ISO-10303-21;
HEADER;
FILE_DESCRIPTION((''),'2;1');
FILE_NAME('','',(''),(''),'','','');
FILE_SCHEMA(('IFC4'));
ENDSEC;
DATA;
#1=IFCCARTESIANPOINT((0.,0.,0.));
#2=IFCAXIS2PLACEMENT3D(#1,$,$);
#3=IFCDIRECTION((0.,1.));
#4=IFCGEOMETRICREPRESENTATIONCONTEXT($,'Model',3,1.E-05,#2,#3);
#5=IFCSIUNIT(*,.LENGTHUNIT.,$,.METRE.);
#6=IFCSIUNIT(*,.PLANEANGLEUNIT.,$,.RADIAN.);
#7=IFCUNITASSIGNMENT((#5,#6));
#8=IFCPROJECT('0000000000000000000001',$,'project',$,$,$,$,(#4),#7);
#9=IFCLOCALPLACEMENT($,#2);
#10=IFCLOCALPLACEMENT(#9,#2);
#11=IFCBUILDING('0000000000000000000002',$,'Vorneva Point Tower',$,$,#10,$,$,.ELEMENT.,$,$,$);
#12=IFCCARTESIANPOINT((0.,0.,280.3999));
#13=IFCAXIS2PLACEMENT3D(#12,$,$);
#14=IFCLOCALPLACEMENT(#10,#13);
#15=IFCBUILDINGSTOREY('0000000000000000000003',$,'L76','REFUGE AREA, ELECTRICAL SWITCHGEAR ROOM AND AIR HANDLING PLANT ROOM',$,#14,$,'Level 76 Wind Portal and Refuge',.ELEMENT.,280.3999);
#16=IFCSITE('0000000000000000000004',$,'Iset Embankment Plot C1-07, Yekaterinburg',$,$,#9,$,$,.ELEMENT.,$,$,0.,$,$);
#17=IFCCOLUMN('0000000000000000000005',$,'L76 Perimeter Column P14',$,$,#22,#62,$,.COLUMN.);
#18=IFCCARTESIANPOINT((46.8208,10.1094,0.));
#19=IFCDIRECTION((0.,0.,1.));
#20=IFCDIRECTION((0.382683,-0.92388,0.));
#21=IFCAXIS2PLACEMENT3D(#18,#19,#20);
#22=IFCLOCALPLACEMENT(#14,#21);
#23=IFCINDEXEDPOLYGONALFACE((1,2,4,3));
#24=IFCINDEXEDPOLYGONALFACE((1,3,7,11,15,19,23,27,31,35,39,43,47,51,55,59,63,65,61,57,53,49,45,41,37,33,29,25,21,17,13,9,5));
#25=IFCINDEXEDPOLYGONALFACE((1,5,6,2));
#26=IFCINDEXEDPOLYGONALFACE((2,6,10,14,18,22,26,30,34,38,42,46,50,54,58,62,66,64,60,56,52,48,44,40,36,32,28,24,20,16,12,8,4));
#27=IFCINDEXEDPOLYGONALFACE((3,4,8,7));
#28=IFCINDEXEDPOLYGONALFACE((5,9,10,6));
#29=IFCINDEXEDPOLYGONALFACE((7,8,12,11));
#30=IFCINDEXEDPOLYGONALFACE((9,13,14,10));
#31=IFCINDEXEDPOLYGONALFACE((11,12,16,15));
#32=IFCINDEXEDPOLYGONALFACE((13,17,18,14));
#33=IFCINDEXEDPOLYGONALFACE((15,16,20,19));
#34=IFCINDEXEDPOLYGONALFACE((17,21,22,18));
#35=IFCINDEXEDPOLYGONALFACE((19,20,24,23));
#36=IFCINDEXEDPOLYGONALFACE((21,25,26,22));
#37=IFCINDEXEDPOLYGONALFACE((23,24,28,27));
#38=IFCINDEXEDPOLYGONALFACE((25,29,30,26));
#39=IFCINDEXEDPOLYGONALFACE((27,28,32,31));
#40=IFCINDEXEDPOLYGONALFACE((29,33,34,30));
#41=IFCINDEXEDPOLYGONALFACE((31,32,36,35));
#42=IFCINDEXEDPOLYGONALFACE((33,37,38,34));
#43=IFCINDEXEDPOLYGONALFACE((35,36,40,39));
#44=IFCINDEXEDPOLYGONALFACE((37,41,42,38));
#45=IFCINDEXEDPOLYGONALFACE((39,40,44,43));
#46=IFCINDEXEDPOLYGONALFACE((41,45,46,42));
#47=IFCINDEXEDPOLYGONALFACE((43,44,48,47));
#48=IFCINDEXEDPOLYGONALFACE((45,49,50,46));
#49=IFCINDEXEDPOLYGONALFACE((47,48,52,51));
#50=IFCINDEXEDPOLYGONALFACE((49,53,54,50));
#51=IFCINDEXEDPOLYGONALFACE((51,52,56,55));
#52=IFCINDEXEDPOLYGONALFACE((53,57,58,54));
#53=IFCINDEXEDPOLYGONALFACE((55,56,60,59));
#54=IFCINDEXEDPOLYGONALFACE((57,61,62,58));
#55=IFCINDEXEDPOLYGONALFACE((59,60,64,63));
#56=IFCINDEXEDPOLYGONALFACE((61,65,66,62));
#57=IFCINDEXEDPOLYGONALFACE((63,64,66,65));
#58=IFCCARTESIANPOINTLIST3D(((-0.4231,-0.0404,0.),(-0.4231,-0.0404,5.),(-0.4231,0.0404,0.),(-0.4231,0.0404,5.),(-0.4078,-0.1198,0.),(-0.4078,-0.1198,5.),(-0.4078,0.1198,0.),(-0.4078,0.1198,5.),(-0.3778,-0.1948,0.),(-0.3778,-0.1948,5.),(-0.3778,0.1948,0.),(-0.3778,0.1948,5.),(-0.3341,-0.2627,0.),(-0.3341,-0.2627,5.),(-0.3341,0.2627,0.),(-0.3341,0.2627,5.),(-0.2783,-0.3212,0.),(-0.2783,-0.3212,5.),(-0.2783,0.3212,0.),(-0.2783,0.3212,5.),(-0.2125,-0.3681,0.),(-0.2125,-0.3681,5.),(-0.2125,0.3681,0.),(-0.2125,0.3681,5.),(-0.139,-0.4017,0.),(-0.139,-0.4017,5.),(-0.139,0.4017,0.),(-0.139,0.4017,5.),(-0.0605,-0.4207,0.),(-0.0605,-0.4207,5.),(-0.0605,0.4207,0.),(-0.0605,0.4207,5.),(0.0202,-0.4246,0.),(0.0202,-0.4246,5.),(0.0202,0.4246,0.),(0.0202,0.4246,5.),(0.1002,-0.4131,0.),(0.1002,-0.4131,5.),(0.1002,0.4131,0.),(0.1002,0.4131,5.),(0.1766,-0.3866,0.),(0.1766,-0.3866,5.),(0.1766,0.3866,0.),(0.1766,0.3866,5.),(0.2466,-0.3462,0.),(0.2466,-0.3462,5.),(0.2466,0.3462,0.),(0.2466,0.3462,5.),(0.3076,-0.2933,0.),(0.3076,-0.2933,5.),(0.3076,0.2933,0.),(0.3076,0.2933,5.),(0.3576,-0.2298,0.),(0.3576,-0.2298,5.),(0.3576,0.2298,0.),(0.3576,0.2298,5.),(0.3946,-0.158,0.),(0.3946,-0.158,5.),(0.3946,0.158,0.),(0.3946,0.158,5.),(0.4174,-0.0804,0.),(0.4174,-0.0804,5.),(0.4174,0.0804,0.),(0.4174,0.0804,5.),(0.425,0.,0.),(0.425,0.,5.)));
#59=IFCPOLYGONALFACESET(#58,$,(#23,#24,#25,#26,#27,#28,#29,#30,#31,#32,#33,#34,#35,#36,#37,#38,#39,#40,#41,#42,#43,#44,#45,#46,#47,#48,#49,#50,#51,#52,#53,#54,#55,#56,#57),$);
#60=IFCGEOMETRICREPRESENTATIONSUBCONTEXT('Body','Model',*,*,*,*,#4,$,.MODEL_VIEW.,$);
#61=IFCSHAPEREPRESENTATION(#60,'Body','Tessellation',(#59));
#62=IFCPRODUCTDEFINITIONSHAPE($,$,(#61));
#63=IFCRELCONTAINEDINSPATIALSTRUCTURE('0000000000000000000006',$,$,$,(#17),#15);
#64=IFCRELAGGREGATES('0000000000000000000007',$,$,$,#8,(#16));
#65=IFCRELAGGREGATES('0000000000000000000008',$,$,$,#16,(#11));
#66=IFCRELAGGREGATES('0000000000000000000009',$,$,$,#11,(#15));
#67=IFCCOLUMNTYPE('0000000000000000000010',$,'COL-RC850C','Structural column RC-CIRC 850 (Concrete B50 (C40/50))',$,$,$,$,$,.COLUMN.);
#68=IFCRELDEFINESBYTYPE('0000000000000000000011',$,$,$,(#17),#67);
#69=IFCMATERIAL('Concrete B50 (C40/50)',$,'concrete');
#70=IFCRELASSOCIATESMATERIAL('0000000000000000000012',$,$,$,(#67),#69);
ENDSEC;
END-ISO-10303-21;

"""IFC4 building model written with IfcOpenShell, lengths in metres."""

from ifc_helpers import new_model, si_unit, direction, frame, origin, origin_2d, place, context, subcontext, project, spatial, circle, extrude, material, material_profile, profile_set, type_object, element, save


model = new_model("IFC4")

# Units and contexts
model_context = context("Model", 3, precision=1e-05, world=origin(), true_north=direction((0.0, 1.0)))
body_context = subcontext(model_context, "Body", "Model", "MODEL_VIEW")
ifc_project = project(units=[si_unit("LENGTHUNIT", "METRE"), si_unit("PLANEANGLEUNIT", "RADIAN")], contexts=[model_context])

# Site, building, storey
site_placement = place(None, origin())
site = spatial("IfcSite", under=ifc_project, at=site_placement, Name="Iset Embankment Plot C1-07, Yekaterinburg", CompositionType="ELEMENT", RefElevation=0.0)
building_placement = place(site_placement, origin())
building = spatial("IfcBuilding", under=site, at=building_placement, Name="Vorneva Point Tower", CompositionType="ELEMENT")
storey_placement = place(building_placement, frame((0.0, 0.0, 280.3999)))
storey = spatial("IfcBuildingStorey", under=building, at=storey_placement, Name="L76", Description="REFUGE AREA, ELECTRICAL SWITCHGEAR ROOM AND AIR HANDLING PLANT ROOM", LongName="Level 76 Wind Portal and Refuge", CompositionType="ELEMENT", Elevation=280.3999)

# Column
ifc_material_1 = material(Name="Concrete B50 (C40/50)", Category="concrete")
ifc_material_profile_1 = material_profile(ifc_material_1, circle(Radius=0.425, at=origin_2d()), Name="RC-CIRC 850")
ifc_profile_set_1 = profile_set([ifc_material_profile_1], Name="Concrete B50 (C40/50)")
column_type_1 = type_object("IfcColumnType", Name="COL-RC850C", Description="Structural column RC-CIRC 850 (Concrete B50 (C40/50))", PredefinedType="COLUMN", material=ifc_profile_set_1)
for number, where, z_axis, x_axis, name in (
    (1, (46.8208, 10.1094, 0.0), (0.0, 0.0, 1.0), (0.382683, -0.92388, 0.0), "L76 Perimeter Column P14"),
):
    element("IfcColumn", number, at=place(storey_placement, frame(where, z_axis=z_axis, x_axis=x_axis)), inside=storey, type_object=column_type_1, Name=name, PredefinedType="COLUMN", context=body_context, shape_type="SweptSolid", body=[
        extrude(circle(Radius=0.425, at=origin_2d()), origin(), (0.0, 0.0, 1.0), 5.0),
    ])

save(model, "model.ifc")
